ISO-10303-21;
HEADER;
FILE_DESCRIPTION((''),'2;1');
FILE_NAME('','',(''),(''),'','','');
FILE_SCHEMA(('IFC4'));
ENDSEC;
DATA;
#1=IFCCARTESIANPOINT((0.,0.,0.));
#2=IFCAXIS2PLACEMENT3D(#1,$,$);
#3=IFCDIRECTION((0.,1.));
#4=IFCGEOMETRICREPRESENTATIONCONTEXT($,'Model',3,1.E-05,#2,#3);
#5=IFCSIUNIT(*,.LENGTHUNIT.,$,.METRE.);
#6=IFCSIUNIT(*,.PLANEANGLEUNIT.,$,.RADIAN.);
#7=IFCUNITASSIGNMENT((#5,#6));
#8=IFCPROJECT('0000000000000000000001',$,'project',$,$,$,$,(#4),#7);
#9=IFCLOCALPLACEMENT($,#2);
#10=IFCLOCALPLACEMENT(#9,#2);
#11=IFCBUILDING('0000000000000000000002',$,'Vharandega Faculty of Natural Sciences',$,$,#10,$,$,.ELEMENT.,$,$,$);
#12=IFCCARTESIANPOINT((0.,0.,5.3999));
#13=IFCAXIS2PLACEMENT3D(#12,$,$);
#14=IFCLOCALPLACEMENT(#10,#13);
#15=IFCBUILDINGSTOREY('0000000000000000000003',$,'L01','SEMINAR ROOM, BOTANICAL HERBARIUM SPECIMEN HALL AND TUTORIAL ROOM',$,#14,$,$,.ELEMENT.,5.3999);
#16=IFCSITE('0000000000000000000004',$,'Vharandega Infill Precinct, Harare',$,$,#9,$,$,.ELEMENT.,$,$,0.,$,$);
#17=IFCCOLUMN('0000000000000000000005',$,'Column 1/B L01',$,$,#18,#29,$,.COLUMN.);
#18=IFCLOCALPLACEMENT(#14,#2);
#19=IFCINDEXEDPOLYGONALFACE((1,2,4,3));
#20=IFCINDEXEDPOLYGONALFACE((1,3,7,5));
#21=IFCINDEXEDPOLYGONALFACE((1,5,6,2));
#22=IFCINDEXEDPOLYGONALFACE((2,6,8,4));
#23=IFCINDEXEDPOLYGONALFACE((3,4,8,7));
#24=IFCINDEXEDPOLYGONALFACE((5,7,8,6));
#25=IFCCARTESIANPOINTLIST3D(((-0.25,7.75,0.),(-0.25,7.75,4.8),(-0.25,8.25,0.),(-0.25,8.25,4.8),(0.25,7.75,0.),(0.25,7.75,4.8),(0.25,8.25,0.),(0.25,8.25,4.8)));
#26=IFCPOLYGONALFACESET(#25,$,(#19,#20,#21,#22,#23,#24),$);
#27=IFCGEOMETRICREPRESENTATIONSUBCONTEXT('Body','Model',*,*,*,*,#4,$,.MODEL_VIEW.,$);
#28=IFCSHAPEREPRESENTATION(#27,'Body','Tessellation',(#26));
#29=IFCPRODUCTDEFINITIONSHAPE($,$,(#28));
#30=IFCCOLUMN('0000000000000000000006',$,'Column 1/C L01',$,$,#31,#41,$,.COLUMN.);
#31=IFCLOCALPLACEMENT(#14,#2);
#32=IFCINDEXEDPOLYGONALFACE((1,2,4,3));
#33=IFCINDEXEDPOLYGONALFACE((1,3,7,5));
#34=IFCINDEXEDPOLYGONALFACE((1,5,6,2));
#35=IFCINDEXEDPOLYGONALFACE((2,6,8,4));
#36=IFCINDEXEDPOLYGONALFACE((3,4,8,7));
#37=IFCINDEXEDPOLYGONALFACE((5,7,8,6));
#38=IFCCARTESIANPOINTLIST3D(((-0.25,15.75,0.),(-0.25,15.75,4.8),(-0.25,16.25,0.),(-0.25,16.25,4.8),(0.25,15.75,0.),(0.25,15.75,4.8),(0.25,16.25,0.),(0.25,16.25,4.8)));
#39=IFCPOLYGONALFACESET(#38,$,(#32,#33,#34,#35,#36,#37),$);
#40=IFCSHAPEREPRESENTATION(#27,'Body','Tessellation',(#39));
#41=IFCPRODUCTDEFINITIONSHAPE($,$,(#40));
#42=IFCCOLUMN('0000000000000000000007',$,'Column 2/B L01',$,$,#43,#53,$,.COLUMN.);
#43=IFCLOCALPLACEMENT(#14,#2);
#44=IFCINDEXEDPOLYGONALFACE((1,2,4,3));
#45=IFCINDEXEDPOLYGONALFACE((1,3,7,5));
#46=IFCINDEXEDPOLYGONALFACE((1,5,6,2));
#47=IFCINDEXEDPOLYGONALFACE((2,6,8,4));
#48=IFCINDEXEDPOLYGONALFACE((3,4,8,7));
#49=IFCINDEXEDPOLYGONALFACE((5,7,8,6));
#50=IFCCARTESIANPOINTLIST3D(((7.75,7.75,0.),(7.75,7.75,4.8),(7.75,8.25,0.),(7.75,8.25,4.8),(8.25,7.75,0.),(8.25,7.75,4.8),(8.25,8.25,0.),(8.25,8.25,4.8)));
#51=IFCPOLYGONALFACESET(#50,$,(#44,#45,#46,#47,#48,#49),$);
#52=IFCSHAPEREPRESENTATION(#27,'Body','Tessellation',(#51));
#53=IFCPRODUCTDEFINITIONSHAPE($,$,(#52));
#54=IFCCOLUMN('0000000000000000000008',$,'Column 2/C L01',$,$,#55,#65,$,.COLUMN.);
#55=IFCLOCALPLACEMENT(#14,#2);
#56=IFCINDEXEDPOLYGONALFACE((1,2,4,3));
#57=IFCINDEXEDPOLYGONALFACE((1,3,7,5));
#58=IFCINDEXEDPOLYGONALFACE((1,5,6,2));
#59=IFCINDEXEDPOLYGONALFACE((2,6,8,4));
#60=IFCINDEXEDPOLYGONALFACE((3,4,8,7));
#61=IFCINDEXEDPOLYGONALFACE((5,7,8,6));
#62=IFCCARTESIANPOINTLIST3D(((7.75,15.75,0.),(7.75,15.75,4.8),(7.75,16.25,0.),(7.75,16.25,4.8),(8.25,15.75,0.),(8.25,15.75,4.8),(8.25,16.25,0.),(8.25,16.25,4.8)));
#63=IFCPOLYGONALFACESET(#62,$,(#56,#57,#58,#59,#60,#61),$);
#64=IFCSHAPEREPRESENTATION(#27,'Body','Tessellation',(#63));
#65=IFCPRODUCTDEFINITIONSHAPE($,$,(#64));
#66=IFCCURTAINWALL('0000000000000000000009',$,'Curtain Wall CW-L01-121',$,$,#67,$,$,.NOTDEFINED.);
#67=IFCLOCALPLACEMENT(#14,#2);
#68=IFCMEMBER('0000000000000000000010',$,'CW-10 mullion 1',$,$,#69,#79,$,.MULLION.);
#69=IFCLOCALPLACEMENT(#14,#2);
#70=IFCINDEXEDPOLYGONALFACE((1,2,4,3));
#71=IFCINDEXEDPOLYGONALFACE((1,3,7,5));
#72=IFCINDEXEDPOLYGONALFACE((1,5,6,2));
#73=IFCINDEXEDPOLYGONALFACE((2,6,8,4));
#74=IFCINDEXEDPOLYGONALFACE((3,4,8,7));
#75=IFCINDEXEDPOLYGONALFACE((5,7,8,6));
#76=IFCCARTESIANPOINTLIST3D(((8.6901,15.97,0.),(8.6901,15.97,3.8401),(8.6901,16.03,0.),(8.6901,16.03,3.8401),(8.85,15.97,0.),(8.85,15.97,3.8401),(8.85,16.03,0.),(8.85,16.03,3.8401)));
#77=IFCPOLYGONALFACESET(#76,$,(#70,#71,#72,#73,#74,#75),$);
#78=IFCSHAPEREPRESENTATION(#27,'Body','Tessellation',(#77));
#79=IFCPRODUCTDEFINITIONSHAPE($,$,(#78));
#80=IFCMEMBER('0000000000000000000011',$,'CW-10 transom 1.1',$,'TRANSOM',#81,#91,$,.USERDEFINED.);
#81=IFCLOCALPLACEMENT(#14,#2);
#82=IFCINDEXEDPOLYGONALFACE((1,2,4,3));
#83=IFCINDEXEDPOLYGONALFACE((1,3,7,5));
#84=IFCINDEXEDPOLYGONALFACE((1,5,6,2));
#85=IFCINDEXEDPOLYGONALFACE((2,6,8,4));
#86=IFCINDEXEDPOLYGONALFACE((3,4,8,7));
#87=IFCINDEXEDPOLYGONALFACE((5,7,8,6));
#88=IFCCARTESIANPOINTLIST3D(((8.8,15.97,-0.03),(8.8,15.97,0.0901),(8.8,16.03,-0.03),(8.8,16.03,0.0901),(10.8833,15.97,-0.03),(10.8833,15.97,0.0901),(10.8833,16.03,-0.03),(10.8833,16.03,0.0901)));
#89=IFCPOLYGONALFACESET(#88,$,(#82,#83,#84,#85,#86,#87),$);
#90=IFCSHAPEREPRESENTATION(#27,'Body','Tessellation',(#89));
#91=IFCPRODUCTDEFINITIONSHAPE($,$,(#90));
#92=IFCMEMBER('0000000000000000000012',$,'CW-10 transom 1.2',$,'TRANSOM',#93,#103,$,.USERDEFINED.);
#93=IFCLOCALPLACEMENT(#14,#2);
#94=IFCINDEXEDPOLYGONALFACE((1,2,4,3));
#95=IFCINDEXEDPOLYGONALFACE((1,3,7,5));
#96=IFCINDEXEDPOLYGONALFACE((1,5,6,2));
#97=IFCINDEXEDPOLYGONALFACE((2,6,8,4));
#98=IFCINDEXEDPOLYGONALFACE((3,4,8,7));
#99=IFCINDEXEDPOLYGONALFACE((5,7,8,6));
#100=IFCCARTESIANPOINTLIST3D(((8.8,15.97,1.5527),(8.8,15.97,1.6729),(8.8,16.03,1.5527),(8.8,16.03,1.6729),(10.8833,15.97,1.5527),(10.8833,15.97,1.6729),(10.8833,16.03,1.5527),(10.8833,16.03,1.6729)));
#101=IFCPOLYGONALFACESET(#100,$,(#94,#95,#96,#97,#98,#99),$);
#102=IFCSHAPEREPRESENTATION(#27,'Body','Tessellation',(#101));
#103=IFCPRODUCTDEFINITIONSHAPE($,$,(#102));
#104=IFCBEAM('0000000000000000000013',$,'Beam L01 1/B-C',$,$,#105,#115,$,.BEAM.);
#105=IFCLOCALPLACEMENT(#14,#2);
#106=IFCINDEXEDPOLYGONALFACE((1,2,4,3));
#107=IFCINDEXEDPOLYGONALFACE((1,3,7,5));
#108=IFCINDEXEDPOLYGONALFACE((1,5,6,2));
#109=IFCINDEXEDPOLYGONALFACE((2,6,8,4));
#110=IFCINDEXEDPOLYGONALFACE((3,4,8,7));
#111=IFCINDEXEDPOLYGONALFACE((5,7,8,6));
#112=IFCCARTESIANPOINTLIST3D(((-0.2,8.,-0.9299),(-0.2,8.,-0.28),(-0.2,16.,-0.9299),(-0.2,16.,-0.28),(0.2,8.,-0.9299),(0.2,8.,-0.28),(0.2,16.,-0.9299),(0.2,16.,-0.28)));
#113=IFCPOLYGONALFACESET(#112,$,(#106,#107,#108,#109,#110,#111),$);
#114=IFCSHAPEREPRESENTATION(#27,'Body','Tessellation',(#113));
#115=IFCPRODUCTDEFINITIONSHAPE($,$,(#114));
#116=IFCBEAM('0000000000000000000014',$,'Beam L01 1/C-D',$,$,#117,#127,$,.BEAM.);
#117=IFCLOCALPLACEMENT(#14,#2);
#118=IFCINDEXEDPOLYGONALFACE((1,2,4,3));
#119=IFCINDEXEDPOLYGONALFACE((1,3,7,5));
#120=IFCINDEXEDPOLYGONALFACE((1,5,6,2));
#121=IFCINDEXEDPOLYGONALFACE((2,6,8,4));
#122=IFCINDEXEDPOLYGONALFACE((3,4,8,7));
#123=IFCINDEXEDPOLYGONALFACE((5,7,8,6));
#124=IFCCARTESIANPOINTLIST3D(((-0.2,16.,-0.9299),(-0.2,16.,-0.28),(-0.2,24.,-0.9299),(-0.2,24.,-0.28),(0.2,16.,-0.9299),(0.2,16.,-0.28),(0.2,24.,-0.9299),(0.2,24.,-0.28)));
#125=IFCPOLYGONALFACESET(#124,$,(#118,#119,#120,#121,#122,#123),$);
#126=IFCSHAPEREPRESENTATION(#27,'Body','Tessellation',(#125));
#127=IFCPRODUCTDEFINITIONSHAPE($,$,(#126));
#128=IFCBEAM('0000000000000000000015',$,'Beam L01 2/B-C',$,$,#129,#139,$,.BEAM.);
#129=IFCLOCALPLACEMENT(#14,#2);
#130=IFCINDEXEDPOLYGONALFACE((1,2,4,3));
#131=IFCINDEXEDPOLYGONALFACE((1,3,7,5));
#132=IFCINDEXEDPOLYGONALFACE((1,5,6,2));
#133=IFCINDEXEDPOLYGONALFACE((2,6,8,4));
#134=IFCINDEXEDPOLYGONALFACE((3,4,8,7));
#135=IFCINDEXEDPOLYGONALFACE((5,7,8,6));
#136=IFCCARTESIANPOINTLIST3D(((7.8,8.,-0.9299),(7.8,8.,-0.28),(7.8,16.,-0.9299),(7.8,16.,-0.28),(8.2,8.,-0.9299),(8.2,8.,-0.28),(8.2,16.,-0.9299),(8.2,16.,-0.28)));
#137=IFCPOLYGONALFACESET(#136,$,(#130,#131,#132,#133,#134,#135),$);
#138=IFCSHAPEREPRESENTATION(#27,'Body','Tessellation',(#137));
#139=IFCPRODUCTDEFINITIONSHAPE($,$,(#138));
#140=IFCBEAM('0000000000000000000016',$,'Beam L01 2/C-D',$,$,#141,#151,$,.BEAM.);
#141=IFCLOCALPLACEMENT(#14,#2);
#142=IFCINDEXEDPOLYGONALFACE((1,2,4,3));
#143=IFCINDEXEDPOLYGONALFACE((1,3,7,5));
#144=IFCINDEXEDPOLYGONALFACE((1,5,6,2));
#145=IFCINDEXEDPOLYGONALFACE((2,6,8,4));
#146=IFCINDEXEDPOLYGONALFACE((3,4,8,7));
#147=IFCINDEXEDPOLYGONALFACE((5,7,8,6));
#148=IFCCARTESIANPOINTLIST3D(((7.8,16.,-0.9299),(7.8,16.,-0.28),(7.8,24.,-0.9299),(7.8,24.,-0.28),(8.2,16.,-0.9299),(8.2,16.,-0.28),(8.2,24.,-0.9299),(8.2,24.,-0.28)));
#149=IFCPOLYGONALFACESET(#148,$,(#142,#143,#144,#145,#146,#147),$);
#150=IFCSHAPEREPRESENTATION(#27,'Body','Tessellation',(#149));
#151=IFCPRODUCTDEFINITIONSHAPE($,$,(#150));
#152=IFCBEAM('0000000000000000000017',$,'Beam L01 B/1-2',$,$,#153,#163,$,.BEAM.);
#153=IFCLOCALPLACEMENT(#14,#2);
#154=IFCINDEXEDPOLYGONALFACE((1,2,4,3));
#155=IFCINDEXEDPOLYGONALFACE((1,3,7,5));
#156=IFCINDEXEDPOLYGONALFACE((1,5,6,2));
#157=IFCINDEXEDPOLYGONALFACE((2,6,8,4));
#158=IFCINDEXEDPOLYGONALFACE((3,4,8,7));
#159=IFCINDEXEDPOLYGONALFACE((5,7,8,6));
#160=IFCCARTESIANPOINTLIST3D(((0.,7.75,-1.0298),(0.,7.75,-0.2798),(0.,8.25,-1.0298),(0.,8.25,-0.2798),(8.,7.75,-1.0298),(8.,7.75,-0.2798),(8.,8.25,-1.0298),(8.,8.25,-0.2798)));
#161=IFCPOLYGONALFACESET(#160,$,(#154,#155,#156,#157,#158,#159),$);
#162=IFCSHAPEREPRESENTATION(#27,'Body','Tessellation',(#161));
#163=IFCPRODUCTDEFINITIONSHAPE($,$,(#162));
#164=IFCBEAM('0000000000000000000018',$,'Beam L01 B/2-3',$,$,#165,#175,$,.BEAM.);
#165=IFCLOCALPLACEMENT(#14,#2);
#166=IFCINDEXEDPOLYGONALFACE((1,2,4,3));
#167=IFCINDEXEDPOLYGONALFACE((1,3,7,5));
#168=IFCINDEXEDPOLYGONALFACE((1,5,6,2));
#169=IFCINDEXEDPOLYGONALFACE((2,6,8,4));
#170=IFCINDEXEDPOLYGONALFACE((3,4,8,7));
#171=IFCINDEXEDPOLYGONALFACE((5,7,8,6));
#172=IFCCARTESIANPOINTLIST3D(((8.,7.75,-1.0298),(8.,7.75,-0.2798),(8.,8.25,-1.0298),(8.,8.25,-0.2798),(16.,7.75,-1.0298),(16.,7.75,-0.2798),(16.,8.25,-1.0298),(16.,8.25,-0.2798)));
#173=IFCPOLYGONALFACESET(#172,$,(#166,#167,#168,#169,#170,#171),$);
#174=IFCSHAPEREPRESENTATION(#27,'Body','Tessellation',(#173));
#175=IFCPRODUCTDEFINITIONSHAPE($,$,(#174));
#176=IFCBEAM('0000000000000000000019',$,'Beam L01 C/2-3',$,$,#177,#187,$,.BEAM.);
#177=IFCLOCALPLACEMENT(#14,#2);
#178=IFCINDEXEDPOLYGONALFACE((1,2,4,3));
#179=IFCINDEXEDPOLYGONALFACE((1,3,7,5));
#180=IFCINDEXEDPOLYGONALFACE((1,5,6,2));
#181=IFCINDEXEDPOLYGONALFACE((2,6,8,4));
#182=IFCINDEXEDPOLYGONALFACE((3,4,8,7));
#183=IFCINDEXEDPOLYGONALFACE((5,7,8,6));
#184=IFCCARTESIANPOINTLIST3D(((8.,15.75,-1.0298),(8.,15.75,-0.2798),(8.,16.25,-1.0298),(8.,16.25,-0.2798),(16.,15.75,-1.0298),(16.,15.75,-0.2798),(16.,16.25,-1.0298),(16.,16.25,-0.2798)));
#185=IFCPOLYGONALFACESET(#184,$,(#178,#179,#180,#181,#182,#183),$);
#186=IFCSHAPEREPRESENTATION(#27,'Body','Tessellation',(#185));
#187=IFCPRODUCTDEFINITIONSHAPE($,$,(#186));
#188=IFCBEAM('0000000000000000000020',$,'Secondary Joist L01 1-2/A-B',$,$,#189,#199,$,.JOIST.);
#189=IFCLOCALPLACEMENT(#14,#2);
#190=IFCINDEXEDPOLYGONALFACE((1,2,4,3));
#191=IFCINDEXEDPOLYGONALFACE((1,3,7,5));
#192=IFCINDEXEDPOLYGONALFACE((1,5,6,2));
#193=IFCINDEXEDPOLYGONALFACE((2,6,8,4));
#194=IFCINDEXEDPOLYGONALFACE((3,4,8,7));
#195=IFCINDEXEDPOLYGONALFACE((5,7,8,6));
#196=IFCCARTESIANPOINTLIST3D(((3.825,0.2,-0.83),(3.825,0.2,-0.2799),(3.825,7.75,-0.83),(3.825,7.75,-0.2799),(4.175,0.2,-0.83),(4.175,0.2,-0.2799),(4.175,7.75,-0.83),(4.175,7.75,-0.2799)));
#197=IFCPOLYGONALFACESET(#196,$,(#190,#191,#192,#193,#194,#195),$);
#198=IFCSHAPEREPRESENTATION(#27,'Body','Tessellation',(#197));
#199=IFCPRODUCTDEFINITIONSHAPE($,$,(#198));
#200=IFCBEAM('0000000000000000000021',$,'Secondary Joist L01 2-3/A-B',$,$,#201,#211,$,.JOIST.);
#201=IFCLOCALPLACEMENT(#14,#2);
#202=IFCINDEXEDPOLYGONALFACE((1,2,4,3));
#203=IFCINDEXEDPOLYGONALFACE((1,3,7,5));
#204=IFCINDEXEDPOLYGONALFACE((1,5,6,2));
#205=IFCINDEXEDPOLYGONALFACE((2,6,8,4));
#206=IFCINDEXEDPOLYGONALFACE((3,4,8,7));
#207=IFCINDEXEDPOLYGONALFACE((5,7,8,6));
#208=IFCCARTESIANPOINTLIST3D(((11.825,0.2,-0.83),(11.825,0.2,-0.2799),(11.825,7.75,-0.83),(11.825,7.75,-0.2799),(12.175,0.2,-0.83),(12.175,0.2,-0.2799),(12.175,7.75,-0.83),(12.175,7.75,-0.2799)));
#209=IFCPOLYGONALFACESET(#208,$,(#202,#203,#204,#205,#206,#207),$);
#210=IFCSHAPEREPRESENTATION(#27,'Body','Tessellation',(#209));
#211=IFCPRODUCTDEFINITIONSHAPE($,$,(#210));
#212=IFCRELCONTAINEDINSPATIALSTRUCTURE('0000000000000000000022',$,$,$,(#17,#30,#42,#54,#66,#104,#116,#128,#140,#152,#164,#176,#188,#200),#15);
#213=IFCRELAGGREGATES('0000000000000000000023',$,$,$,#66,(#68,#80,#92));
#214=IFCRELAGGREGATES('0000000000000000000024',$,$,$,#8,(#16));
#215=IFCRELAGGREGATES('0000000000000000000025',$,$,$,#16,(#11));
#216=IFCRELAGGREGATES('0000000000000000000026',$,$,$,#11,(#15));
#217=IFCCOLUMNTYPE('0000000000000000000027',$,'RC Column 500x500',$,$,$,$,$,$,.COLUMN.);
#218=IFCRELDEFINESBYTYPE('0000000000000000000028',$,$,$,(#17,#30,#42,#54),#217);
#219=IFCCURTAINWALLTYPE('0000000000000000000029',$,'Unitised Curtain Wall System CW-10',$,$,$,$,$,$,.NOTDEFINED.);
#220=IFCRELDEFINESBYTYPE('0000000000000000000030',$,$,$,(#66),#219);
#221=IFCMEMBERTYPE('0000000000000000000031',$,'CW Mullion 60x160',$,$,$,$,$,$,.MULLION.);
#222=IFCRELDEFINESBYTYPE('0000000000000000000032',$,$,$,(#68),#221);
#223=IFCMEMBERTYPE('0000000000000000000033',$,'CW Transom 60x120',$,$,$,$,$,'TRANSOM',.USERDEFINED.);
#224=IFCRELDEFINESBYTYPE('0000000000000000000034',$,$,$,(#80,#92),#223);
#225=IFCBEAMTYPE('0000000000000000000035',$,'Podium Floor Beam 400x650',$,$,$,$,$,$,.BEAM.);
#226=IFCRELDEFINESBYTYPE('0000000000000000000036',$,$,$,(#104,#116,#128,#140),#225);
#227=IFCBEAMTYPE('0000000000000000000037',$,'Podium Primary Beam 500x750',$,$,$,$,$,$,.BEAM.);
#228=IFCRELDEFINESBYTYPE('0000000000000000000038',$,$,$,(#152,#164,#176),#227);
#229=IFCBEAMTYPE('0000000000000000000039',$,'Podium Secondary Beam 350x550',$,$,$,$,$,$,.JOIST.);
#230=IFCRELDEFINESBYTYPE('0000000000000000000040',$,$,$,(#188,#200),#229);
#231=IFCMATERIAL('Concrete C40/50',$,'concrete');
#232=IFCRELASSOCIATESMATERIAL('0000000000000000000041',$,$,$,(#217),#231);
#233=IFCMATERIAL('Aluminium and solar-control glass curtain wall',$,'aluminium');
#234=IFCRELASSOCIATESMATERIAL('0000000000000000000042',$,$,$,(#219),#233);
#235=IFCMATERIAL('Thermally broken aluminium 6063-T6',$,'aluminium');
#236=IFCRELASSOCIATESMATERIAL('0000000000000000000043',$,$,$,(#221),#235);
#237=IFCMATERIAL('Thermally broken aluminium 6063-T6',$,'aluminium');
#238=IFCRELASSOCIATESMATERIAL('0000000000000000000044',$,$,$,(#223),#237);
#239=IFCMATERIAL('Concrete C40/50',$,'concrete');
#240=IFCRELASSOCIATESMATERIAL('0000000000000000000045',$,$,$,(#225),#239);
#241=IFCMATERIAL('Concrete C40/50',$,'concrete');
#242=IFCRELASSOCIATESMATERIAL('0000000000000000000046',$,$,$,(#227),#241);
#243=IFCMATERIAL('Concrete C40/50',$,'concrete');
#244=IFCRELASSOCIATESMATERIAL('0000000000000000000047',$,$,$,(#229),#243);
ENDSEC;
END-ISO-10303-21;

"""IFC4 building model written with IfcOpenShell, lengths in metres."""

from ifc_helpers import new_model, si_unit, direction, frame, origin, origin_2d, place, context, subcontext, project, spatial, rectangle, extrude, material, material_profile, profile_set, type_object, element, aggregate, save


model = new_model("IFC4")

# Units and contexts
model_context = context("Model", 3, precision=1e-05, world=origin(), true_north=direction((0.0, 1.0)))
body_context = subcontext(model_context, "Body", "Model", "MODEL_VIEW")
ifc_project = project(units=[si_unit("LENGTHUNIT", "METRE"), si_unit("PLANEANGLEUNIT", "RADIAN")], contexts=[model_context])

# Site, building, storey
site_placement = place(None, origin())
site = spatial("IfcSite", under=ifc_project, at=site_placement, Name="Vharandega Infill Precinct, Harare", CompositionType="ELEMENT", RefElevation=0.0)
building_placement = place(site_placement, origin())
building = spatial("IfcBuilding", under=site, at=building_placement, Name="Vharandega Faculty of Natural Sciences", CompositionType="ELEMENT")
storey_placement = place(building_placement, frame((0.0, 0.0, 5.3999)))
storey = spatial("IfcBuildingStorey", under=building, at=storey_placement, Name="L01", Description="SEMINAR ROOM, BOTANICAL HERBARIUM SPECIMEN HALL AND TUTORIAL ROOM", CompositionType="ELEMENT", Elevation=5.3999)

# Columns
ifc_material_1 = material(Name="Concrete C40/50", Category="concrete")
ifc_material_profile_1 = material_profile(ifc_material_1, rectangle(XDim=0.5, YDim=0.5, at=origin_2d()), Name="RC 500x500")
ifc_profile_set_1 = profile_set([ifc_material_profile_1], Name="Concrete C40/50")
column_type = type_object("IfcColumnType", Name="RC Column 500x500", PredefinedType="COLUMN", material=ifc_profile_set_1)
for number, where, z_axis, x_axis, name in (
    (1, (0.0, 8.0, 0.0), (0.0, 0.0, 1.0), (1.0, 0.0, 0.0), "Column 1/B L01"),
    (2, (0.0, 16.0, 0.0), (0.0, 0.0, 1.0), (1.0, 0.0, 0.0), "Column 1/C L01"),
    (3, (8.0, 8.0, 0.0), (0.0, 0.0, 1.0), (1.0, 0.0, 0.0), "Column 2/B L01"),
    (4, (8.0, 16.0, 0.0), (0.0, 0.0, 1.0), (1.0, 0.0, 0.0), "Column 2/C L01"),
):
    element("IfcColumn", number, at=place(storey_placement, frame(where, z_axis=z_axis, x_axis=x_axis)), inside=storey, type_object=column_type, Name=name, PredefinedType="COLUMN", context=body_context, shape_type="SweptSolid", body=[
        extrude(rectangle(XDim=0.5, YDim=0.5, at=origin_2d()), origin(), (0.0, 0.0, 1.0), 4.8),
    ])

# Curtain wall, members
ifc_material_2 = material(Name="Aluminium and solar-control glass curtain wall", Category="aluminium")
curtain_wall_type = type_object("IfcCurtainWallType", Name="Unitised Curtain Wall System CW-10", PredefinedType="NOTDEFINED", material=ifc_material_2)
curtain_wall_placement = place(storey_placement, origin())
curtain_wall = element("IfcCurtainWall", 5, at=curtain_wall_placement, inside=storey, type_object=curtain_wall_type, Name="Curtain Wall CW-L01-121", PredefinedType="NOTDEFINED")
ifc_material_3 = material(Name="Thermally broken aluminium 6063-T6", Category="aluminium")
ifc_material_profile_2 = material_profile(ifc_material_3, rectangle(XDim=0.0601, YDim=0.1599, at=origin_2d()), Name="ALU 60x160")
ifc_profile_set_2 = profile_set([ifc_material_profile_2], Name="Thermally broken aluminium 6063-T6")
member_type_1 = type_object("IfcMemberType", Name="CW Mullion 60x160", PredefinedType="MULLION", material=ifc_profile_set_2)
member_1_placement = place(storey_placement, frame((8.77, 16.0, 0.0), z_axis=(0.0, 0.0, 1.0), x_axis=(0.0, 1.0, 0.0)))
member_1 = element("IfcMember", 6, at=member_1_placement, type_object=member_type_1, Name="CW-10 mullion 1", PredefinedType="MULLION", context=body_context, shape_type="SweptSolid", body=[
    extrude(rectangle(XDim=0.0601, YDim=0.1599, at=origin_2d()), origin(), (0.0, 0.0, 1.0), 3.8401),
])
ifc_material_4 = material(Name="Thermally broken aluminium 6063-T6", Category="aluminium")
ifc_material_profile_3 = material_profile(ifc_material_4, rectangle(XDim=0.0601, YDim=0.1201, at=origin_2d()), Name="ALU 60x120")
ifc_profile_set_3 = profile_set([ifc_material_profile_3], Name="Thermally broken aluminium 6063-T6")
member_type_2 = type_object("IfcMemberType", Name="CW Transom 60x120", ElementType="TRANSOM", PredefinedType="USERDEFINED", material=ifc_profile_set_3)
member_2_placement = place(storey_placement, frame((8.8, 16.0, 0.03), z_axis=(1.0, 0.0, 0.0), x_axis=(0.0, 1.0, 0.0)))
member_2 = element("IfcMember", 7, at=member_2_placement, type_object=member_type_2, Name="CW-10 transom 1.1", ObjectType="TRANSOM", PredefinedType="USERDEFINED", context=body_context, shape_type="SweptSolid", body=[
    extrude(rectangle(XDim=0.0601, YDim=0.1201, at=origin_2d()), origin(), (0.0, 0.0, 1.0), 2.0833),
])
member_3_placement = place(storey_placement, frame((8.8, 16.0, 1.6128), z_axis=(1.0, 0.0, 0.0), x_axis=(0.0, 1.0, 0.0)))
member_3 = element("IfcMember", 8, at=member_3_placement, type_object=member_type_2, Name="CW-10 transom 1.2", ObjectType="TRANSOM", PredefinedType="USERDEFINED", context=body_context, shape_type="SweptSolid", body=[
    extrude(rectangle(XDim=0.0601, YDim=0.1201, at=origin_2d()), origin(), (0.0, 0.0, 1.0), 2.0833),
])
aggregate(curtain_wall, [member_1, member_2, member_3])

# Beams
ifc_material_5 = material(Name="Concrete C40/50", Category="concrete")
ifc_material_profile_4 = material_profile(ifc_material_5, rectangle(XDim=0.3999, YDim=0.6499, at=origin_2d()), Name="RC 400x650")
ifc_profile_set_4 = profile_set([ifc_material_profile_4], Name="Concrete C40/50")
beam_type_1 = type_object("IfcBeamType", Name="Podium Floor Beam 400x650", PredefinedType="BEAM", material=ifc_profile_set_4)
for number, where, z_axis, x_axis, name in (
    (9, (0.0, 8.0, -0.605), (0.0, 1.0, 0.0), (-1.0, 0.0, 0.0), "Beam L01 1/B-C"),
    (10, (0.0, 16.0, -0.605), (0.0, 1.0, 0.0), (-1.0, 0.0, 0.0), "Beam L01 1/C-D"),
    (11, (8.0, 8.0, -0.605), (0.0, 1.0, 0.0), (-1.0, 0.0, 0.0), "Beam L01 2/B-C"),
    (12, (8.0, 16.0, -0.605), (0.0, 1.0, 0.0), (-1.0, 0.0, 0.0), "Beam L01 2/C-D"),
):
    element("IfcBeam", number, at=place(storey_placement, frame(where, z_axis=z_axis, x_axis=x_axis)), inside=storey, type_object=beam_type_1, Name=name, PredefinedType="BEAM", context=body_context, shape_type="SweptSolid", body=[
        extrude(rectangle(XDim=0.3999, YDim=0.6499, at=origin_2d()), origin(), (0.0, 0.0, 1.0), 8.0),
    ])
ifc_material_6 = material(Name="Concrete C40/50", Category="concrete")
ifc_material_profile_5 = material_profile(ifc_material_6, rectangle(XDim=0.5, YDim=0.75, at=origin_2d()), Name="RC 500x750")
ifc_profile_set_5 = profile_set([ifc_material_profile_5], Name="Concrete C40/50")
beam_type_2 = type_object("IfcBeamType", Name="Podium Primary Beam 500x750", PredefinedType="BEAM", material=ifc_profile_set_5)
for number, where, z_axis, x_axis, name in (
    (13, (0.0, 8.0, -0.6548), (1.0, 0.0, 0.0), (0.0, 1.0, 0.0), "Beam L01 B/1-2"),
    (14, (8.0, 8.0, -0.6548), (1.0, 0.0, 0.0), (0.0, 1.0, 0.0), "Beam L01 B/2-3"),
    (15, (8.0, 16.0, -0.6548), (1.0, 0.0, 0.0), (0.0, 1.0, 0.0), "Beam L01 C/2-3"),
):
    element("IfcBeam", number, at=place(storey_placement, frame(where, z_axis=z_axis, x_axis=x_axis)), inside=storey, type_object=beam_type_2, Name=name, PredefinedType="BEAM", context=body_context, shape_type="SweptSolid", body=[
        extrude(rectangle(XDim=0.5, YDim=0.75, at=origin_2d()), origin(), (0.0, 0.0, 1.0), 8.0),
    ])
ifc_material_7 = material(Name="Concrete C40/50", Category="concrete")
ifc_material_profile_6 = material_profile(ifc_material_7, rectangle(XDim=0.3501, YDim=0.55, at=origin_2d()), Name="RC 350x550")
ifc_profile_set_6 = profile_set([ifc_material_profile_6], Name="Concrete C40/50")
beam_type_3 = type_object("IfcBeamType", Name="Podium Secondary Beam 350x550", PredefinedType="JOIST", material=ifc_profile_set_6)
for number, where, z_axis, x_axis, name in (
    (16, (4.0, 0.2, -0.5549), (0.0, 1.0, 0.0), (-1.0, 0.0, 0.0), "Secondary Joist L01 1-2/A-B"),
    (17, (12.0, 0.2, -0.5549), (0.0, 1.0, 0.0), (-1.0, 0.0, 0.0), "Secondary Joist L01 2-3/A-B"),
):
    element("IfcBeam", number, at=place(storey_placement, frame(where, z_axis=z_axis, x_axis=x_axis)), inside=storey, type_object=beam_type_3, Name=name, PredefinedType="JOIST", context=body_context, shape_type="SweptSolid", body=[
        extrude(rectangle(XDim=0.3501, YDim=0.55, at=origin_2d()), origin(), (0.0, 0.0, 1.0), 7.55),
    ])

save(model, "model.ifc")
